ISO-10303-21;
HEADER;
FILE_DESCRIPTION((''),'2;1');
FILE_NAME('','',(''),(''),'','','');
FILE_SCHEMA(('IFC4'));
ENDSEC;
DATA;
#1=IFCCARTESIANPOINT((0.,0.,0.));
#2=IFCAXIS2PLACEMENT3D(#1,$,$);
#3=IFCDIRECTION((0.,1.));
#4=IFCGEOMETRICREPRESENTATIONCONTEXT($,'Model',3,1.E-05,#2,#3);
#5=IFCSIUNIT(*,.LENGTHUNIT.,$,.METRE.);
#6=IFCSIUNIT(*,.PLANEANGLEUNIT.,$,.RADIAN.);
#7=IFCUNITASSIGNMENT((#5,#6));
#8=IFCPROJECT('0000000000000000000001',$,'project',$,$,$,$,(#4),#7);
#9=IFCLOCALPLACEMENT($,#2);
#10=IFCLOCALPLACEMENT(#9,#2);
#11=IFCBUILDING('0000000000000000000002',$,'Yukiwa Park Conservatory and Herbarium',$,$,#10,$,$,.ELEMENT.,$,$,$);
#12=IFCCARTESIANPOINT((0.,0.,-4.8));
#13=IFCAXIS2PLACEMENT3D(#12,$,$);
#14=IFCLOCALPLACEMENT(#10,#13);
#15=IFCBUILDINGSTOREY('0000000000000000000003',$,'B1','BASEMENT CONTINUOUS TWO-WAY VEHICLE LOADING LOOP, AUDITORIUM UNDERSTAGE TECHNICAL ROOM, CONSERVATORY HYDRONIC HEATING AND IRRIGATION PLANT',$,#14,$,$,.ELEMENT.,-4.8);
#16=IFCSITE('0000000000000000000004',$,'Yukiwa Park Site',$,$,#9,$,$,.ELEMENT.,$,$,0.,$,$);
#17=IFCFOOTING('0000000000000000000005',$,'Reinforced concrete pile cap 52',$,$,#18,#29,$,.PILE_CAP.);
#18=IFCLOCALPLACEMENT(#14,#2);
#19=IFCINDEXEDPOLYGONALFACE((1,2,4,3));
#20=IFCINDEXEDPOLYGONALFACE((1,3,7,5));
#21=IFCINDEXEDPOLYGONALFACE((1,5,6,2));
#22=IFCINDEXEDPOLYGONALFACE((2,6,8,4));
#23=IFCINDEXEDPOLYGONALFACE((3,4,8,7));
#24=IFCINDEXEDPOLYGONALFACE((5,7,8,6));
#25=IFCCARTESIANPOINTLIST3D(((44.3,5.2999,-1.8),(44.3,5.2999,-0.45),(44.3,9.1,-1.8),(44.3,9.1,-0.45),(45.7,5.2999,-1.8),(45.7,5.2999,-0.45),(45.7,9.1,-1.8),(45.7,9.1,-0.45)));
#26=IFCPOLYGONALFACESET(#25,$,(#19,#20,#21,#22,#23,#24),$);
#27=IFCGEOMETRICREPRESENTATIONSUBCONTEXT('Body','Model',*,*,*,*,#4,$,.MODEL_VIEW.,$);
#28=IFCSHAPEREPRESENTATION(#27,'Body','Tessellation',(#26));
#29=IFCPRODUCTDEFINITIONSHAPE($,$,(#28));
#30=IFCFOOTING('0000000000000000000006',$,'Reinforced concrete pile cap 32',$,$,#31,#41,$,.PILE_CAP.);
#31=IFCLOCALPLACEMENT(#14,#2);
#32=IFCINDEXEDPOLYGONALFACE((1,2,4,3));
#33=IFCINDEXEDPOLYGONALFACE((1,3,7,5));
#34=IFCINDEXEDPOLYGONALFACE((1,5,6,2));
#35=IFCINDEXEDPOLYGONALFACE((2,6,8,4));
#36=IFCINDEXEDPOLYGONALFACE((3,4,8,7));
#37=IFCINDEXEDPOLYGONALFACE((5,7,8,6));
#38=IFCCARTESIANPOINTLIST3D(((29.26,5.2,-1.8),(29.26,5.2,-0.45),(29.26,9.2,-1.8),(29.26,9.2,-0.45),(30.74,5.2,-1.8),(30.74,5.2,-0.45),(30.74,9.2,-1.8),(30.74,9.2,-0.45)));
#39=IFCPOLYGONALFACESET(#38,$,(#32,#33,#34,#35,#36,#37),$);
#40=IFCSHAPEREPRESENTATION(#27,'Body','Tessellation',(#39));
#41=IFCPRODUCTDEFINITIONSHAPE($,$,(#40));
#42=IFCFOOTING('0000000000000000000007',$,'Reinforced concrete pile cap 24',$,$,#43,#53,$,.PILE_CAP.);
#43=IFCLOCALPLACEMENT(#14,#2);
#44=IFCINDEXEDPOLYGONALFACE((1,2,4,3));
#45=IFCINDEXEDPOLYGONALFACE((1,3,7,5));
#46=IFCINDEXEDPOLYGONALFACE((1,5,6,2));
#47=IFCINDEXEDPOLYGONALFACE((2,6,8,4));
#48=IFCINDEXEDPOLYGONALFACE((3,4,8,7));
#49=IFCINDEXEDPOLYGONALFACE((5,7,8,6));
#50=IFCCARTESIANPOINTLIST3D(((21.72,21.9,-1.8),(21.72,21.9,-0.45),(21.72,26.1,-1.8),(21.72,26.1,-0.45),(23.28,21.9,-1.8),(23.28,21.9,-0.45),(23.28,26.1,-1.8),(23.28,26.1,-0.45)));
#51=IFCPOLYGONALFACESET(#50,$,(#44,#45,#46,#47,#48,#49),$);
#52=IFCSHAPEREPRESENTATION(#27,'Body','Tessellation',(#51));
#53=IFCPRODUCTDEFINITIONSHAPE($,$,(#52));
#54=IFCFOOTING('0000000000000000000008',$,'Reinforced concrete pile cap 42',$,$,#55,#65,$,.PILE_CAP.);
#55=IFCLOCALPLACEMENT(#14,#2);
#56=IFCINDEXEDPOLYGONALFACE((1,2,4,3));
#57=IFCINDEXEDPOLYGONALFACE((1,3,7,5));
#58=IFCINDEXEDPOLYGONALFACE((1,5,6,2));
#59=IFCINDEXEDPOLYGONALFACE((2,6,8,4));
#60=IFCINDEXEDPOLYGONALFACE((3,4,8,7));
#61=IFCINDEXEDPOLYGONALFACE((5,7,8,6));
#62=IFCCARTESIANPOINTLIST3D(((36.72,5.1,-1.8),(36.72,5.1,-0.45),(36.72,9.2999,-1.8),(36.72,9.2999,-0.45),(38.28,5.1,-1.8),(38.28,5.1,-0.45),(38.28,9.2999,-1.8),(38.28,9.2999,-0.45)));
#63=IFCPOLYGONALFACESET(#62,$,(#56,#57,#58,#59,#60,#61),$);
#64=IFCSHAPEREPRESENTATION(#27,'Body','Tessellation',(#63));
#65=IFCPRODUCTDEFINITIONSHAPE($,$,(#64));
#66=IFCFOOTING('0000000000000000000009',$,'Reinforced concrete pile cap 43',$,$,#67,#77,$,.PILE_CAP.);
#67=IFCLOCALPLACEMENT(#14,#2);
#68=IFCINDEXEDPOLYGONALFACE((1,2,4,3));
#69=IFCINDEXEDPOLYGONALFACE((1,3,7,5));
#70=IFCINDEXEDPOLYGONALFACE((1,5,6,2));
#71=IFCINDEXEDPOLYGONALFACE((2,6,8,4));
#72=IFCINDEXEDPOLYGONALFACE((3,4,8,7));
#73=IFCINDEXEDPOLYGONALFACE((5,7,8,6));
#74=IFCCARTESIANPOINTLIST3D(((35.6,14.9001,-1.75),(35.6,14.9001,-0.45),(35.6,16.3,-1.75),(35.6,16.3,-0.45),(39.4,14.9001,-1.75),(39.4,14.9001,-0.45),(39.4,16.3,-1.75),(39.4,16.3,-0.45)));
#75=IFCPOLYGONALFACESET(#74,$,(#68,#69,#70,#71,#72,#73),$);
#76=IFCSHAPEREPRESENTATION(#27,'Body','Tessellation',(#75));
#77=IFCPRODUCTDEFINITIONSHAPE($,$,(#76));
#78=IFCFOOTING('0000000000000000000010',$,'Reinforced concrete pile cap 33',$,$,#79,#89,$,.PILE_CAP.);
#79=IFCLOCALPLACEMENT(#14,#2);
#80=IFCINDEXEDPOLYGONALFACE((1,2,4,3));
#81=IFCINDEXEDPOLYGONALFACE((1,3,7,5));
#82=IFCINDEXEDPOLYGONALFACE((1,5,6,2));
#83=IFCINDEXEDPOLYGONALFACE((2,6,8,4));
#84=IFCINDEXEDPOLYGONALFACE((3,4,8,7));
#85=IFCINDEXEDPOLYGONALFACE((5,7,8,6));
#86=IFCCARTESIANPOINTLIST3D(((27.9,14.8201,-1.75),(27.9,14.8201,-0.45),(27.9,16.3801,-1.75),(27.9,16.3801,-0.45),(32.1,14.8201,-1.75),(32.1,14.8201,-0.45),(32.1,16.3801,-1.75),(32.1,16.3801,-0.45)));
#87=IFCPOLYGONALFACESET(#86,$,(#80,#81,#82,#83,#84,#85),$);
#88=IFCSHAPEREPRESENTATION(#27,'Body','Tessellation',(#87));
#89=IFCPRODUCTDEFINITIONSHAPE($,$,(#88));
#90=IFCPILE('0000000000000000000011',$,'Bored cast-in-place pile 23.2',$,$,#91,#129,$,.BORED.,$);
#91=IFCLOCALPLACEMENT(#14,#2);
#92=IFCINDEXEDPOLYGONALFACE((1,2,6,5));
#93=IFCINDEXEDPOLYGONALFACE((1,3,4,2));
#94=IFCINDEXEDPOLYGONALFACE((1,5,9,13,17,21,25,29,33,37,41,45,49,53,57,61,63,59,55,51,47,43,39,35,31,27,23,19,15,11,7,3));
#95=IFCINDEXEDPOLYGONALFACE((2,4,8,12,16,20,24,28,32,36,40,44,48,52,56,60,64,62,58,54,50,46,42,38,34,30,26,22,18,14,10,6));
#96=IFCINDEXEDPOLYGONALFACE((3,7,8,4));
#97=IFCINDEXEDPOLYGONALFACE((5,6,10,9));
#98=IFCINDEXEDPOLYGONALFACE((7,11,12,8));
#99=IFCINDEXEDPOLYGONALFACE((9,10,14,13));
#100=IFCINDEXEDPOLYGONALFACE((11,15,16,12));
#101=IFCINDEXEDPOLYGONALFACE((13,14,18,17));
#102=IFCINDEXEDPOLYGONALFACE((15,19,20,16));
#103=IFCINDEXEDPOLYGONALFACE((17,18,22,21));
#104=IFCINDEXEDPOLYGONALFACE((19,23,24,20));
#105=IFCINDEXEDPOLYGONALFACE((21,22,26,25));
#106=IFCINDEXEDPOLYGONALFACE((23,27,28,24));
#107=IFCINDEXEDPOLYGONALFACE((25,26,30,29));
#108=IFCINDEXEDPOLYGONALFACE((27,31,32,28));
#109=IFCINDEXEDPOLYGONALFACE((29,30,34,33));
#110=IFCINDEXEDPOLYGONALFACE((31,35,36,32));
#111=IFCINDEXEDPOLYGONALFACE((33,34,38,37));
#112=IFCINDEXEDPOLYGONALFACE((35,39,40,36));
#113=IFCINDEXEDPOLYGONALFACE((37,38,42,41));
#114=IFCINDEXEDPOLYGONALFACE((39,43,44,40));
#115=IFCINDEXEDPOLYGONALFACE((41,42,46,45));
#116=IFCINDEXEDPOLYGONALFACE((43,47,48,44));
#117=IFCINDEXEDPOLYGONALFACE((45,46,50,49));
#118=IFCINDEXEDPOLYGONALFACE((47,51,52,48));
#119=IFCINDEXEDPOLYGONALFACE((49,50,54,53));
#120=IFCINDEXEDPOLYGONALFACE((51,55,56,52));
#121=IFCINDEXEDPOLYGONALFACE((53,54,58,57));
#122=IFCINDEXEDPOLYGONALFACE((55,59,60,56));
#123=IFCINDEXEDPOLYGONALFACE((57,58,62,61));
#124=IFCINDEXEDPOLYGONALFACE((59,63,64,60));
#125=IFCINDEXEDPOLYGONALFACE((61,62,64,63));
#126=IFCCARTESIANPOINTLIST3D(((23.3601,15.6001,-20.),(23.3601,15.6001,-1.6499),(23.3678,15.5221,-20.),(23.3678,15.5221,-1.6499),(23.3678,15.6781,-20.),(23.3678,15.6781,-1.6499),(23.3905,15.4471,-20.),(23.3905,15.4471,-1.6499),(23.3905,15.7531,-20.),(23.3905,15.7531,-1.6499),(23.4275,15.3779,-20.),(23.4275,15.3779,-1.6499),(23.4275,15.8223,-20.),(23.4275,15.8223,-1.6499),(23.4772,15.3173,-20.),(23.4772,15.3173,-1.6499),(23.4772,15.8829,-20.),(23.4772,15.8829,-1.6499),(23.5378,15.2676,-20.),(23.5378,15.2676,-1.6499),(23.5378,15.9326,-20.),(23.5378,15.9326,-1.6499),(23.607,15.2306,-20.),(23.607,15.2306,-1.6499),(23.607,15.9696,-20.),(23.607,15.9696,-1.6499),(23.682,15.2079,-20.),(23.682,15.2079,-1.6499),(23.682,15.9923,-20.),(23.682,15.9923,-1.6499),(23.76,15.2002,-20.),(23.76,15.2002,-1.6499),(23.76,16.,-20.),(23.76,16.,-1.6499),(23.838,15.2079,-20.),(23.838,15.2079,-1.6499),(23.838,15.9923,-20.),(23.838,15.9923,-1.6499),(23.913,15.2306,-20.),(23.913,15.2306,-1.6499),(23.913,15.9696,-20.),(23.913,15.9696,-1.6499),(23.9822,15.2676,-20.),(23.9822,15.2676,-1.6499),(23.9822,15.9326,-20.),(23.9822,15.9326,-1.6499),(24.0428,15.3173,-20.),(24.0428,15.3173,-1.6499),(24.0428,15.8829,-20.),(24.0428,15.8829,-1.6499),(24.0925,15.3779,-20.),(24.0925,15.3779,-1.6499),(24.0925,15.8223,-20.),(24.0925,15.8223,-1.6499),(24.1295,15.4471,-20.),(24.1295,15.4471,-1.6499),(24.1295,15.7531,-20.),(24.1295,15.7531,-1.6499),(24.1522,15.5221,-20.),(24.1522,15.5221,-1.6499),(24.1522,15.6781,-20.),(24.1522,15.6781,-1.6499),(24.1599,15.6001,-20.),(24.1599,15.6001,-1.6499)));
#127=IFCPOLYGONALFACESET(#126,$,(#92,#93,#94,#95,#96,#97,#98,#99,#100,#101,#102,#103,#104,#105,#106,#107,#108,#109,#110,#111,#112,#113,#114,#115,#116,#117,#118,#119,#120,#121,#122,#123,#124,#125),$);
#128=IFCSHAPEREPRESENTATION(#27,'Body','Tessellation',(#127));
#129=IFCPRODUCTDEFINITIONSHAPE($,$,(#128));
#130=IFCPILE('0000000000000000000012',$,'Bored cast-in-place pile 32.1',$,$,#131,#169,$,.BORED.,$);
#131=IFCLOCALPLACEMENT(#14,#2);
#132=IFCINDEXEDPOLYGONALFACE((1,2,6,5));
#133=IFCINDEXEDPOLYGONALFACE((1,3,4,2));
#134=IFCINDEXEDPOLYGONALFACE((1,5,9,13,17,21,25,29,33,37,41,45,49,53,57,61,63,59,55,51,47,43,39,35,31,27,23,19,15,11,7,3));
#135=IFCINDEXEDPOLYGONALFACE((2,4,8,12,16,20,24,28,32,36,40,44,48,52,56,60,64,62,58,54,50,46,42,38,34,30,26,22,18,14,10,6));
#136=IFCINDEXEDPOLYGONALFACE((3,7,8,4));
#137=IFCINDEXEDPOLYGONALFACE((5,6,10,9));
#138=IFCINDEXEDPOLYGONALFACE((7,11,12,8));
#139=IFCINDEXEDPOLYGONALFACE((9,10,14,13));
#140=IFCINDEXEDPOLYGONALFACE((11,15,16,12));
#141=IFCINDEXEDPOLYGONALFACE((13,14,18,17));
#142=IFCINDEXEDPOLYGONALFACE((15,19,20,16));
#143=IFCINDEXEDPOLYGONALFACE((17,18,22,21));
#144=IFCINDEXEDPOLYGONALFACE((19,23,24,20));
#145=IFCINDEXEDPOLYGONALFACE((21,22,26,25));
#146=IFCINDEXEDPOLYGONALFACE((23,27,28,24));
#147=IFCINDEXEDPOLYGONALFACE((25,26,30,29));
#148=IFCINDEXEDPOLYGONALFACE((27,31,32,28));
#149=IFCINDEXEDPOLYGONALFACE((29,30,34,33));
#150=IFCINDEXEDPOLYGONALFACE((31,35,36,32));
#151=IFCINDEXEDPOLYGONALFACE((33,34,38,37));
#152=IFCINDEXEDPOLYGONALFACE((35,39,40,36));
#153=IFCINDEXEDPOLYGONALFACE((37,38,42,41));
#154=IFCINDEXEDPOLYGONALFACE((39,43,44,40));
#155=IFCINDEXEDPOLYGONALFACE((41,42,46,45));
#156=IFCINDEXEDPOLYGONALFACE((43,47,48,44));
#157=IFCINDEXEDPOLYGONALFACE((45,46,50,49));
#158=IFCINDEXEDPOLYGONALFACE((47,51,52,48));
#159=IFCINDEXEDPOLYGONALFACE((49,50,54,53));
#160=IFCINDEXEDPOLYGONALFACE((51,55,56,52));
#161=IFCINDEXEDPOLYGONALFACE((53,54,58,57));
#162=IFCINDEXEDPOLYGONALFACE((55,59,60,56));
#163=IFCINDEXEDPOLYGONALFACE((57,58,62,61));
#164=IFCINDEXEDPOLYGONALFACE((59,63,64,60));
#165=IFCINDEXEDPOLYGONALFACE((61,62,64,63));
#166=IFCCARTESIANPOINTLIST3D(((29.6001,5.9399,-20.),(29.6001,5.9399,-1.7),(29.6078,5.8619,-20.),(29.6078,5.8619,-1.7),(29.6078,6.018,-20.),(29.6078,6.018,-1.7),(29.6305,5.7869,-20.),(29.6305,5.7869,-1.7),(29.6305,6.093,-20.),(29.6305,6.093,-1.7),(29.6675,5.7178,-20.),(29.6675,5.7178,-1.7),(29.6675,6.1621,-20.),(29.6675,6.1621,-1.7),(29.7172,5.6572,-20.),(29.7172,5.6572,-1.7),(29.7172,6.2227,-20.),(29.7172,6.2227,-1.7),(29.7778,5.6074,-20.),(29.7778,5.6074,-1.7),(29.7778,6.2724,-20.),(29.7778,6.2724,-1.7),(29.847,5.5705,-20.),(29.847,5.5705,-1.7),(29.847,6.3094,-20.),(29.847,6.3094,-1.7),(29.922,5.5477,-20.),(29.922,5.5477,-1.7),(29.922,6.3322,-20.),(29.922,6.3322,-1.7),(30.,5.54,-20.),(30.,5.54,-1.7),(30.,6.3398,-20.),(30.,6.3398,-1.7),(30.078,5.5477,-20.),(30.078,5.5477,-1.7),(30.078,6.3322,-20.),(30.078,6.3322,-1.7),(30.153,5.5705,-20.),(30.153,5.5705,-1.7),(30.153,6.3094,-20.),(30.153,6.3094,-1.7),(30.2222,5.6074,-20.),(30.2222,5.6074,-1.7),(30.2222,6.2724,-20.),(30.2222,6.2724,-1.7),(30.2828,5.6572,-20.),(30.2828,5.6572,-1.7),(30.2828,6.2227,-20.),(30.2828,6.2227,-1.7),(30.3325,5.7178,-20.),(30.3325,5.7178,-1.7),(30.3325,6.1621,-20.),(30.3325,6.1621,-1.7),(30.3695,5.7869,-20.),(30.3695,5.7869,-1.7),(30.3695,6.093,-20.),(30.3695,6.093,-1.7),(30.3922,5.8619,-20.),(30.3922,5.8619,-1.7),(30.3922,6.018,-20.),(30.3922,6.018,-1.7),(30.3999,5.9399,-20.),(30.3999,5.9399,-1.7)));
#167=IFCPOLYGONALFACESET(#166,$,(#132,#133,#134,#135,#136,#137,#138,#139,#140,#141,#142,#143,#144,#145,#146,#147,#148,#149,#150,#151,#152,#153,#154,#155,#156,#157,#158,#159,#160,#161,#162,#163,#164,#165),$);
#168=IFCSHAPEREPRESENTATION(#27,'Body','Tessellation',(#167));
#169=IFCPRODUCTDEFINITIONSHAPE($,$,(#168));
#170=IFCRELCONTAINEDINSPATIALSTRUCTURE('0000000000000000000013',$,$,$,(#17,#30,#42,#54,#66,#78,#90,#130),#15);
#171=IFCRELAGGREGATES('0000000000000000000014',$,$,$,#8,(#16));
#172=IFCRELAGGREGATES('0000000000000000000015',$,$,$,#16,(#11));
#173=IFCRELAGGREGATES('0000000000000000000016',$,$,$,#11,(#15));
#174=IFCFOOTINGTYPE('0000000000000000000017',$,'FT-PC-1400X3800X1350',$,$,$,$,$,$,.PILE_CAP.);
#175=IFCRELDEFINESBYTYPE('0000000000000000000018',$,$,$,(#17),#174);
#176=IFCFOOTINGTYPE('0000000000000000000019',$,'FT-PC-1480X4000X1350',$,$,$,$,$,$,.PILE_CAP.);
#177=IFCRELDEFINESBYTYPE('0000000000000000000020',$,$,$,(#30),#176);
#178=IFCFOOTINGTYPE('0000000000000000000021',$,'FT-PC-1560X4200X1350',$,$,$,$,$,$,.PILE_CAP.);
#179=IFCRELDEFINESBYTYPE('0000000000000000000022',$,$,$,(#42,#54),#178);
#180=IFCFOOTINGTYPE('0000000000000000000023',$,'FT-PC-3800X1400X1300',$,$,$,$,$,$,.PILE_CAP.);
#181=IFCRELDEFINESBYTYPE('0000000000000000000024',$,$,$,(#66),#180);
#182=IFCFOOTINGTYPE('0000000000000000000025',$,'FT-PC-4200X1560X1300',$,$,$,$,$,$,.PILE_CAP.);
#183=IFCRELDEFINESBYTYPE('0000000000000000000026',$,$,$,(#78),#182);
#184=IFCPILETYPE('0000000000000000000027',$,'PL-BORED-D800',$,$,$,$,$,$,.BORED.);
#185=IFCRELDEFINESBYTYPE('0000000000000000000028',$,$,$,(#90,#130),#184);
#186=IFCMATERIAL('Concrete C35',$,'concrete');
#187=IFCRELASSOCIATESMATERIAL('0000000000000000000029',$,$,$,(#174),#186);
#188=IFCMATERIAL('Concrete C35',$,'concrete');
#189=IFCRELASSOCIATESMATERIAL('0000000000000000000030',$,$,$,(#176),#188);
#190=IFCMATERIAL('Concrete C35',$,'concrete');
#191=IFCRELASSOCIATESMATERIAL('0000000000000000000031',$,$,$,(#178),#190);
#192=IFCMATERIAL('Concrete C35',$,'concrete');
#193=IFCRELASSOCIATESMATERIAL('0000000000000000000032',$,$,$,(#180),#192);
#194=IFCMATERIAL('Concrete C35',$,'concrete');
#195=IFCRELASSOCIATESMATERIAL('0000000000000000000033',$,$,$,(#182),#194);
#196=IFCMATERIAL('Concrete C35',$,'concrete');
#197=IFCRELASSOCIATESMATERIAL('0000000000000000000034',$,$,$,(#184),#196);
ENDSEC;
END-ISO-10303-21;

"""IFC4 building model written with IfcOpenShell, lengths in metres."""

from ifc_helpers import new_model, si_unit, direction, frame, origin, origin_2d, place, context, subcontext, project, spatial, rectangle, circle, extrude, material, material_profile, profile_set, type_object, element, save


model = new_model("IFC4")

# Units and contexts
model_context = context("Model", 3, precision=1e-05, world=origin(), true_north=direction((0.0, 1.0)))
body_context = subcontext(model_context, "Body", "Model", "MODEL_VIEW")
ifc_project = project(units=[si_unit("LENGTHUNIT", "METRE"), si_unit("PLANEANGLEUNIT", "RADIAN")], contexts=[model_context])

# Site, building, storey
site_placement = place(None, origin())
site = spatial("IfcSite", under=ifc_project, at=site_placement, Name="Yukiwa Park Site", CompositionType="ELEMENT", RefElevation=0.0)
building_placement = place(site_placement, origin())
building = spatial("IfcBuilding", under=site, at=building_placement, Name="Yukiwa Park Conservatory and Herbarium", CompositionType="ELEMENT")
storey_placement = place(building_placement, frame((0.0, 0.0, -4.8)))
storey = spatial("IfcBuildingStorey", under=building, at=storey_placement, Name="B1", Description="BASEMENT CONTINUOUS TWO-WAY VEHICLE LOADING LOOP, AUDITORIUM UNDERSTAGE TECHNICAL ROOM, CONSERVATORY HYDRONIC HEATING AND IRRIGATION PLANT", CompositionType="ELEMENT", Elevation=-4.8)

# Footings
ifc_material_1 = material(Name="Concrete C35", Category="concrete")
footing_type_1 = type_object("IfcFootingType", Name="FT-PC-1400X3800X1350", PredefinedType="PILE_CAP", material=ifc_material_1)
footing_1_placement = place(storey_placement, frame((45.0, 7.2, -1.8), z_axis=(0.0, 0.0, 1.0), x_axis=(1.0, 0.0, 0.0)))
element("IfcFooting", 1, at=footing_1_placement, inside=storey, type_object=footing_type_1, Name="Reinforced concrete pile cap 52", PredefinedType="PILE_CAP", context=body_context, shape_type="SweptSolid", body=[
    extrude(rectangle(XDim=1.3999, YDim=3.8, at=origin_2d()), origin(), (0.0, 0.0, 1.0), 1.3501),
])
ifc_material_2 = material(Name="Concrete C35", Category="concrete")
footing_type_2 = type_object("IfcFootingType", Name="FT-PC-1480X4000X1350", PredefinedType="PILE_CAP", material=ifc_material_2)
footing_2_placement = place(storey_placement, frame((30.0, 7.2, -1.8), z_axis=(0.0, 0.0, 1.0), x_axis=(1.0, 0.0, 0.0)))
element("IfcFooting", 2, at=footing_2_placement, inside=storey, type_object=footing_type_2, Name="Reinforced concrete pile cap 32", PredefinedType="PILE_CAP", context=body_context, shape_type="SweptSolid", body=[
    extrude(rectangle(XDim=1.48, YDim=4.0, at=origin_2d()), origin(), (0.0, 0.0, 1.0), 1.3501),
])
ifc_material_3 = material(Name="Concrete C35", Category="concrete")
footing_type_3 = type_object("IfcFootingType", Name="FT-PC-1560X4200X1350", PredefinedType="PILE_CAP", material=ifc_material_3)
for number, where, z_axis, x_axis, name in (
    (3, (22.5, 24.0, -1.8), (0.0, 0.0, 1.0), (1.0, 0.0, 0.0), "Reinforced concrete pile cap 24"),
    (4, (37.5, 7.2, -1.8), (0.0, 0.0, 1.0), (1.0, 0.0, 0.0), "Reinforced concrete pile cap 42"),
):
    element("IfcFooting", number, at=place(storey_placement, frame(where, z_axis=z_axis, x_axis=x_axis)), inside=storey, type_object=footing_type_3, Name=name, PredefinedType="PILE_CAP", context=body_context, shape_type="SweptSolid", body=[
        extrude(rectangle(XDim=1.5601, YDim=4.2, at=origin_2d()), origin(), (0.0, 0.0, 1.0), 1.3501),
    ])
ifc_material_4 = material(Name="Concrete C35", Category="concrete")
footing_type_4 = type_object("IfcFootingType", Name="FT-PC-3800X1400X1300", PredefinedType="PILE_CAP", material=ifc_material_4)
footing_3_placement = place(storey_placement, frame((37.5, 15.6001, -1.75), z_axis=(0.0, 0.0, 1.0), x_axis=(1.0, 0.0, 0.0)))
element("IfcFooting", 5, at=footing_3_placement, inside=storey, type_object=footing_type_4, Name="Reinforced concrete pile cap 43", PredefinedType="PILE_CAP", context=body_context, shape_type="SweptSolid", body=[
    extrude(rectangle(XDim=3.8, YDim=1.3999, at=origin_2d()), origin(), (0.0, 0.0, 1.0), 1.3),
])
ifc_material_5 = material(Name="Concrete C35", Category="concrete")
footing_type_5 = type_object("IfcFootingType", Name="FT-PC-4200X1560X1300", PredefinedType="PILE_CAP", material=ifc_material_5)
footing_4_placement = place(storey_placement, frame((30.0, 15.6001, -1.75), z_axis=(0.0, 0.0, 1.0), x_axis=(1.0, 0.0, 0.0)))
element("IfcFooting", 6, at=footing_4_placement, inside=storey, type_object=footing_type_5, Name="Reinforced concrete pile cap 33", PredefinedType="PILE_CAP", context=body_context, shape_type="SweptSolid", body=[
    extrude(rectangle(XDim=4.2, YDim=1.5601, at=origin_2d()), origin(), (0.0, 0.0, 1.0), 1.3),
])

# Piles
ifc_material_6 = material(Name="Concrete C35", Category="concrete")
ifc_material_profile_1 = material_profile(ifc_material_6, circle(Radius=0.3999, at=origin_2d()), Name="PILE D800")
ifc_profile_set_1 = profile_set([ifc_material_profile_1], Name="Concrete C35")
pile_type = type_object("IfcPileType", Name="PL-BORED-D800", PredefinedType="BORED", material=ifc_profile_set_1)
pile_1_placement = place(storey_placement, frame((23.76, 15.6001, -1.6499), z_axis=(0.0, 0.0, -1.0), x_axis=(1.0, 0.0, 0.0)))
element("IfcPile", 7, at=pile_1_placement, inside=storey, type_object=pile_type, Name="Bored cast-in-place pile 23.2", PredefinedType="BORED", context=body_context, shape_type="SweptSolid", body=[
    extrude(circle(Radius=0.3999, at=origin_2d()), origin(), (0.0, 0.0, 1.0), 18.3501),
])
for number, where, z_axis, x_axis, name in (
    (8, (30.0, 5.9399, -1.7), (0.0, 0.0, -1.0), (1.0, 0.0, 0.0), "Bored cast-in-place pile 32.1"),
):
    element("IfcPile", number, at=place(storey_placement, frame(where, z_axis=z_axis, x_axis=x_axis)), inside=storey, type_object=pile_type, Name=name, PredefinedType="BORED", context=body_context, shape_type="SweptSolid", body=[
        extrude(circle(Radius=0.3999, at=origin_2d()), origin(), (0.0, 0.0, 1.0), 18.3),
    ])

save(model, "model.ifc")
